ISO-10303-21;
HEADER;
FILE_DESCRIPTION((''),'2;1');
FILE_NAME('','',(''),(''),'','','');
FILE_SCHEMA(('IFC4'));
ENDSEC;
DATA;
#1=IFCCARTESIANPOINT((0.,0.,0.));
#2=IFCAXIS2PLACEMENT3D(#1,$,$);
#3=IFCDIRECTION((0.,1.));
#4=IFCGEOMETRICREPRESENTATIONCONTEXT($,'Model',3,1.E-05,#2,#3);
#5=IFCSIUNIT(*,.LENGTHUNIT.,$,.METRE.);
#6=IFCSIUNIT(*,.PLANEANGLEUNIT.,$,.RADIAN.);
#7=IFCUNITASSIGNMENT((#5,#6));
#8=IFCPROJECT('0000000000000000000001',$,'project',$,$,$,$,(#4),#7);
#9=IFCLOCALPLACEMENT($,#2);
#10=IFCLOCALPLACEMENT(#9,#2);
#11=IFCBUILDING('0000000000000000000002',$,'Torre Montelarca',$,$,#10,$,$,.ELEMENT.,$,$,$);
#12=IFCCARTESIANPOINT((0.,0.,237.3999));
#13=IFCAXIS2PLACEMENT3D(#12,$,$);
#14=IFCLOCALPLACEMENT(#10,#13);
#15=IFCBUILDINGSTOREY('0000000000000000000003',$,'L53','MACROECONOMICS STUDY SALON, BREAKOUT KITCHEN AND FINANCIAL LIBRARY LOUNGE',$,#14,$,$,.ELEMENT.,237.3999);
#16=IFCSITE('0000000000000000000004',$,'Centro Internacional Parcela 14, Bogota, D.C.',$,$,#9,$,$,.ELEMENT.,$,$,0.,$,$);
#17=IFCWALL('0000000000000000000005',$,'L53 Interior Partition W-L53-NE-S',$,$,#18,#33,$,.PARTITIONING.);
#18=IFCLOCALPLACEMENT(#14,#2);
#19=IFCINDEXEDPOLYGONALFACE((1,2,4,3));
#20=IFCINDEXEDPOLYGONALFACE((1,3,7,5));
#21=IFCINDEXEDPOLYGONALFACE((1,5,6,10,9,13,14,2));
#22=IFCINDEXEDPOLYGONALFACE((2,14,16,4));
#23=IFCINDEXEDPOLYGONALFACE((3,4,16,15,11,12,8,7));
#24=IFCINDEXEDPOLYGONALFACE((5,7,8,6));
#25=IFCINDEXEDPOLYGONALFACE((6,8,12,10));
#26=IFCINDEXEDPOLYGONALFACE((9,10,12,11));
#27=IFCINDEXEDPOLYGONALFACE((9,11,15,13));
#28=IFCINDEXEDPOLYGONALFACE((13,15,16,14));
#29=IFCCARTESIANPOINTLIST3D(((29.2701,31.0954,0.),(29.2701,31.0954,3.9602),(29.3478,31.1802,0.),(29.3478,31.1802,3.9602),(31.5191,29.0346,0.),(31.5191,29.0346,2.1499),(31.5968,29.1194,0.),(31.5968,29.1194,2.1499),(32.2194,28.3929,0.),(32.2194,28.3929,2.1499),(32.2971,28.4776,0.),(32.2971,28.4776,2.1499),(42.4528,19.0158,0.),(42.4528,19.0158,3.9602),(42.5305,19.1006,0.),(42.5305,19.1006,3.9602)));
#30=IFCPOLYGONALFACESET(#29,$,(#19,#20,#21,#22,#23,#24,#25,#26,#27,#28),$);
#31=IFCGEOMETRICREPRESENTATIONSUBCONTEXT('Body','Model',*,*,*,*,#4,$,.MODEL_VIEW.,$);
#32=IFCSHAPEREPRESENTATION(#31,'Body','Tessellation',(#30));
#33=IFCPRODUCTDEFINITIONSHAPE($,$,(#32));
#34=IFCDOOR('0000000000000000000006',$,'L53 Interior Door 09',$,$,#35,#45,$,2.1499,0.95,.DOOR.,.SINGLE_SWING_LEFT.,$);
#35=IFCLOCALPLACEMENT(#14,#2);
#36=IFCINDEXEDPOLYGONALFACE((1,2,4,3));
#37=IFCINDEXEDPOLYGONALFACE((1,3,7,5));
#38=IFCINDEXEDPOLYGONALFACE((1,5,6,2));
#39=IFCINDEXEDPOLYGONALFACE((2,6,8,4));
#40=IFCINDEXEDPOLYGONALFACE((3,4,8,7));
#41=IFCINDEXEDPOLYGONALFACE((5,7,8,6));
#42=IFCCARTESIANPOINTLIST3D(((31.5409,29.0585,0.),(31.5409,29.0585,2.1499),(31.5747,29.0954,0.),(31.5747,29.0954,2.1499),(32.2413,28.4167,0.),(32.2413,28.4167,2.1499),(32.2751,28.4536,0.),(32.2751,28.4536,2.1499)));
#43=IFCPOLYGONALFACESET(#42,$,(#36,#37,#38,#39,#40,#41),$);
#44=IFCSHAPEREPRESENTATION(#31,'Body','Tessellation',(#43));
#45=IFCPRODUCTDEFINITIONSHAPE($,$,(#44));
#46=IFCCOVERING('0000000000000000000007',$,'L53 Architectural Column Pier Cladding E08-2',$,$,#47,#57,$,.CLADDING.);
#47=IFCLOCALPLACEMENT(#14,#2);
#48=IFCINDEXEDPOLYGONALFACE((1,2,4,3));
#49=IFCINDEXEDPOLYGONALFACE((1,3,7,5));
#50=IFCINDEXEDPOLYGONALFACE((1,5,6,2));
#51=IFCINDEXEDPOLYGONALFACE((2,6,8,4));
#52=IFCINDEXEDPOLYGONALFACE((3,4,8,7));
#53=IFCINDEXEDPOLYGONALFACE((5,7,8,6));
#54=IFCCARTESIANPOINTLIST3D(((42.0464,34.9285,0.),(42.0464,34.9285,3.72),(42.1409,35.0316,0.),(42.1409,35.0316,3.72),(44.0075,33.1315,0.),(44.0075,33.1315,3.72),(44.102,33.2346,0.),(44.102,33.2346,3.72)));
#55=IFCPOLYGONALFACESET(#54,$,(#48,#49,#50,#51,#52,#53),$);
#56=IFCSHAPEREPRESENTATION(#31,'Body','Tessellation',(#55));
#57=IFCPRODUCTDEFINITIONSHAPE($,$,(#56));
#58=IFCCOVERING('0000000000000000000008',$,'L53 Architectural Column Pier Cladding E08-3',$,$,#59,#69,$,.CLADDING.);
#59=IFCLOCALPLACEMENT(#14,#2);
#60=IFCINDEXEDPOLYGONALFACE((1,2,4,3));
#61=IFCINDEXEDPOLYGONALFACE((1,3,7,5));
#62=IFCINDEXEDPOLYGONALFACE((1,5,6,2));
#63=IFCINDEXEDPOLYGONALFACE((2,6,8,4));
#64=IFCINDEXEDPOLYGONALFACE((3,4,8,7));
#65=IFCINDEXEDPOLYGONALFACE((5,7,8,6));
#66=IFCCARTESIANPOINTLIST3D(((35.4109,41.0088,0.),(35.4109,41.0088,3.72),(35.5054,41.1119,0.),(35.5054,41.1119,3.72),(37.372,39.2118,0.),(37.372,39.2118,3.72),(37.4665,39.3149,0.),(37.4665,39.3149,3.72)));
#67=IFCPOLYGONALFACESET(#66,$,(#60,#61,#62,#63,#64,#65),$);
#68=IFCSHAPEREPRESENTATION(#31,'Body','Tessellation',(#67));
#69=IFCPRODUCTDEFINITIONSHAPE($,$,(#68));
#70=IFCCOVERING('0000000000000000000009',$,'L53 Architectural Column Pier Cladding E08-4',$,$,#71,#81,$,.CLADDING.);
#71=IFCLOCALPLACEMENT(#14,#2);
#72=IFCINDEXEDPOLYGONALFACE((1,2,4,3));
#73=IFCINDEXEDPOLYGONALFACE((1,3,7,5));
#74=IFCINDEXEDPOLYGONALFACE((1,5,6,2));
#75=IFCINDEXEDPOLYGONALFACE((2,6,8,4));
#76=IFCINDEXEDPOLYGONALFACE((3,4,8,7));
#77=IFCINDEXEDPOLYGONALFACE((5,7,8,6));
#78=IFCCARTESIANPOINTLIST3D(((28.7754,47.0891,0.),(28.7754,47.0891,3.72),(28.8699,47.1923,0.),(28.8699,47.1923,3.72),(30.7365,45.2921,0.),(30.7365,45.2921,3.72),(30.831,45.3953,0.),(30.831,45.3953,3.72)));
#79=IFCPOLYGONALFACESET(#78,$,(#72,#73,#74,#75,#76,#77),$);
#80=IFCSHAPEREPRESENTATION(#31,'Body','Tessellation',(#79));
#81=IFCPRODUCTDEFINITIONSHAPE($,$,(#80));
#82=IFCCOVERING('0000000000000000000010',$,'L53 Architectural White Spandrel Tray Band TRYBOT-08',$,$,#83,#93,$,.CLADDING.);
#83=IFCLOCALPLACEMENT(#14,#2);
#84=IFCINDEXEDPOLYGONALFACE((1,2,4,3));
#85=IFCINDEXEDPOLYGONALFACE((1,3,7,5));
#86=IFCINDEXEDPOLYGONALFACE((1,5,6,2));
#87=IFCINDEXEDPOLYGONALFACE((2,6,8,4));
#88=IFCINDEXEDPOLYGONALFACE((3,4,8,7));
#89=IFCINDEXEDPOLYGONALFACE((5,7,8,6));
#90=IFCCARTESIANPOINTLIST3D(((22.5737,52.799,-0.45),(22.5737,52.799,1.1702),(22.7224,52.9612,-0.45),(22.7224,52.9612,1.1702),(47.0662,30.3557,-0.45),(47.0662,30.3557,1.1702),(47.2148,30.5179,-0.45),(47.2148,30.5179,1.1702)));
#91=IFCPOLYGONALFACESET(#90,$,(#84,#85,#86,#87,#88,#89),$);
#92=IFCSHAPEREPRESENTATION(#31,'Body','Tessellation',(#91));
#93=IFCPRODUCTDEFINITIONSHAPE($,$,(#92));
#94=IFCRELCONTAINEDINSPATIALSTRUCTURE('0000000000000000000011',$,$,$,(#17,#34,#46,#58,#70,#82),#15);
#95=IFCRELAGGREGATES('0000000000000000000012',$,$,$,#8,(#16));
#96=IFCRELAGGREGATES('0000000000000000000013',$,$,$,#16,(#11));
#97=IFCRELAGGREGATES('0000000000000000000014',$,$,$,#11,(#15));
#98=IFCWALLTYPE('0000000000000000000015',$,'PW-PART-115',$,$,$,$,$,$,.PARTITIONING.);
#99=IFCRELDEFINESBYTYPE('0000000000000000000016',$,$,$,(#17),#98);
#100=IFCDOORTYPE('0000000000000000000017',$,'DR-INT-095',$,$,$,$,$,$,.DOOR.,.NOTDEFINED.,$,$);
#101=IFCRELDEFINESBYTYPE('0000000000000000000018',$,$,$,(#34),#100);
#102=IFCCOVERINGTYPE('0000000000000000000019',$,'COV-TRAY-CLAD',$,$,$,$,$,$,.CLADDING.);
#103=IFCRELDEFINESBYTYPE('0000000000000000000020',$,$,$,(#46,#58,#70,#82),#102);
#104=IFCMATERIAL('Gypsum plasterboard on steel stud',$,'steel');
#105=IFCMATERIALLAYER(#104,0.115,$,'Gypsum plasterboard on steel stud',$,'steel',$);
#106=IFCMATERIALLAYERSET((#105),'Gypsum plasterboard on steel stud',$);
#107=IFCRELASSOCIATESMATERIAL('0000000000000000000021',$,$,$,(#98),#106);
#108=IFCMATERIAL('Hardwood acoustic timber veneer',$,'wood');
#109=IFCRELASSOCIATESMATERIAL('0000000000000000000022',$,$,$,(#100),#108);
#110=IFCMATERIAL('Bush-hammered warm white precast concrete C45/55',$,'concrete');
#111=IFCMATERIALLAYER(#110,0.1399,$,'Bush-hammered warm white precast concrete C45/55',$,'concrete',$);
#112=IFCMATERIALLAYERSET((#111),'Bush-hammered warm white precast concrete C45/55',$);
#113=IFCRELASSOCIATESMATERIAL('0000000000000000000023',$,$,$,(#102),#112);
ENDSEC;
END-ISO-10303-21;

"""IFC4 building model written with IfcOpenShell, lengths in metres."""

from ifc_helpers import new_model, si_unit, direction, frame, frame_2d, origin, origin_2d, place, context, subcontext, project, spatial, rectangle, extrude, source, transform, mapped, material, layer, layer_set, type_object, element, fill, save


model = new_model("IFC4")

# Units and contexts
model_context = context("Model", 3, precision=1e-05, world=origin(), true_north=direction((0.0, 1.0)))
body_context = subcontext(model_context, "Body", "Model", "MODEL_VIEW")
ifc_project = project(units=[si_unit("LENGTHUNIT", "METRE"), si_unit("PLANEANGLEUNIT", "RADIAN")], contexts=[model_context])

# Site, building, storey
site_placement = place(None, origin())
site = spatial("IfcSite", under=ifc_project, at=site_placement, Name="Centro Internacional Parcela 14, Bogota, D.C.", CompositionType="ELEMENT", RefElevation=0.0)
building_placement = place(site_placement, origin())
building = spatial("IfcBuilding", under=site, at=building_placement, Name="Torre Montelarca", CompositionType="ELEMENT")
storey_placement = place(building_placement, frame((0.0, 0.0, 237.3999)))
storey = spatial("IfcBuildingStorey", under=building, at=storey_placement, Name="L53", Description="MACROECONOMICS STUDY SALON, BREAKOUT KITCHEN AND FINANCIAL LIBRARY LOUNGE", CompositionType="ELEMENT", Elevation=237.3999)

# Shared definitions
ifc_material_1 = material(Name="Gypsum plasterboard on steel stud", Category="steel")

# Wall, opening, door
ifc_layer_1 = layer(ifc_material_1, 0.115, Name="Gypsum plasterboard on steel stud", Category="steel")
ifc_layer_set_1 = layer_set([ifc_layer_1], Name="Gypsum plasterboard on steel stud")
wall_type_1 = type_object("IfcWallType", Name="PW-PART-115", PredefinedType="PARTITIONING", material=ifc_layer_set_1)
wall_1_placement = place(storey_placement, frame((29.3091, 31.1377, 0.0), z_axis=(0.0, 0.0, 1.0), x_axis=(0.737279, -0.675589, 0.0)))
wall_1 = element("IfcWall", 1, at=wall_1_placement, inside=storey, type_object=wall_type_1, Name="L53 Interior Partition W-L53-NE-S", PredefinedType="PARTITIONING", context=body_context, shape_type="SweptSolid", body=[
    extrude(rectangle(XDim=17.8801, YDim=0.115, at=frame_2d((8.9399, 0.0))), origin(), (0.0, 0.0, 1.0), 3.9602),
])
opening_placement = place(wall_1_placement, frame((3.05, 0.0, 0.0)))
opening = element("IfcOpeningElement", 2, at=opening_placement, cuts=wall_1, PredefinedType="OPENING", context=body_context, shape_type="SweptSolid", body=[
    extrude(rectangle(XDim=0.95, YDim=2.1499, at=frame_2d((0.4751, 1.075))), frame((0.0, 0.0674, 0.0), z_axis=(0.0, -1.0, 0.0), x_axis=(1.0, 0.0, 0.0)), (0.0, 0.0, 1.0), 0.135),
])
ifc_material_2 = material(Name="Hardwood acoustic timber veneer", Category="wood")
door_type = type_object("IfcDoorType", Name="DR-INT-095", OperationType="NOTDEFINED", PredefinedType="DOOR", material=ifc_material_2)
shared_shape_1 = source(origin(), body_context, "Body", "SweptSolid", [
    extrude(rectangle(XDim=0.95, YDim=2.1499, at=frame_2d((0.4751, 1.075))), frame((0.0, 0.0249, 0.0), z_axis=(0.0, -1.0, 0.0), x_axis=(1.0, 0.0, 0.0)), (0.0, 0.0, 1.0), 0.05),
])
door_placement = place(opening_placement, origin())
door = element("IfcDoor", 3, at=door_placement, inside=storey, type_object=door_type, Name="L53 Interior Door 09", OperationType="SINGLE_SWING_LEFT", OverallHeight=2.1499, OverallWidth=0.95, PredefinedType="DOOR", context=body_context, shape_type="MappedRepresentation", body=[
    mapped(shared_shape_1, transform((0.0, 0.0, 0.0), scale=1.0)),
])
fill(opening, door)

# Coverings
ifc_material_3 = material(Name="Bush-hammered warm white precast concrete C45/55", Category="concrete")
ifc_layer_2 = layer(ifc_material_3, 0.1399, Name="Bush-hammered warm white precast concrete C45/55", Category="concrete")
ifc_layer_set_2 = layer_set([ifc_layer_2], Name="Bush-hammered warm white precast concrete C45/55")
covering_type = type_object("IfcCoveringType", Name="COV-TRAY-CLAD", PredefinedType="CLADDING", material=ifc_layer_set_2)
shared_shape_2 = source(origin(), body_context, "Body", "SweptSolid", [
    extrude(rectangle(XDim=2.6599, YDim=0.1399, at=origin_2d()), origin(), (0.0, 0.0, 1.0), 3.72),
])
for number, where, z_axis, x_axis, name in (
    (4, (43.0742, 34.0815, 0.0), (0.0, 0.0, 1.0), (-0.737277, 0.67559, 0.0), "L53 Architectural Column Pier Cladding E08-2"),
    (5, (36.4387, 40.1619, 0.0), (0.0, 0.0, 1.0), (-0.737277, 0.67559, 0.0), "L53 Architectural Column Pier Cladding E08-3"),
    (6, (29.8032, 46.2422, 0.0), (0.0, 0.0, 1.0), (-0.737277, 0.67559, 0.0), "L53 Architectural Column Pier Cladding E08-4"),
):
    element("IfcCovering", number, at=place(storey_placement, frame(where, z_axis=z_axis, x_axis=x_axis)), inside=storey, type_object=covering_type, Name=name, PredefinedType="CLADDING", context=body_context, shape_type="MappedRepresentation", body=[
        mapped(shared_shape_2, transform((0.0, 0.0, 0.0), scale=1.0)),
    ])
shared_shape_3 = source(origin(), body_context, "Body", "SweptSolid", [
    extrude(rectangle(XDim=33.2202, YDim=0.22, at=origin_2d()), origin(), (0.0, 0.0, 1.0), 1.6201),
])
covering_placement = place(storey_placement, frame((34.8943, 41.6584, -0.45), z_axis=(0.0, 0.0, 1.0), x_axis=(-0.737276, 0.675591, 0.0)))
element("IfcCovering", 7, at=covering_placement, inside=storey, type_object=covering_type, Name="L53 Architectural White Spandrel Tray Band TRYBOT-08", PredefinedType="CLADDING", context=body_context, shape_type="MappedRepresentation", body=[
    mapped(shared_shape_3, transform((0.0, 0.0, 0.0), scale=1.0)),
])

save(model, "model.ifc")
